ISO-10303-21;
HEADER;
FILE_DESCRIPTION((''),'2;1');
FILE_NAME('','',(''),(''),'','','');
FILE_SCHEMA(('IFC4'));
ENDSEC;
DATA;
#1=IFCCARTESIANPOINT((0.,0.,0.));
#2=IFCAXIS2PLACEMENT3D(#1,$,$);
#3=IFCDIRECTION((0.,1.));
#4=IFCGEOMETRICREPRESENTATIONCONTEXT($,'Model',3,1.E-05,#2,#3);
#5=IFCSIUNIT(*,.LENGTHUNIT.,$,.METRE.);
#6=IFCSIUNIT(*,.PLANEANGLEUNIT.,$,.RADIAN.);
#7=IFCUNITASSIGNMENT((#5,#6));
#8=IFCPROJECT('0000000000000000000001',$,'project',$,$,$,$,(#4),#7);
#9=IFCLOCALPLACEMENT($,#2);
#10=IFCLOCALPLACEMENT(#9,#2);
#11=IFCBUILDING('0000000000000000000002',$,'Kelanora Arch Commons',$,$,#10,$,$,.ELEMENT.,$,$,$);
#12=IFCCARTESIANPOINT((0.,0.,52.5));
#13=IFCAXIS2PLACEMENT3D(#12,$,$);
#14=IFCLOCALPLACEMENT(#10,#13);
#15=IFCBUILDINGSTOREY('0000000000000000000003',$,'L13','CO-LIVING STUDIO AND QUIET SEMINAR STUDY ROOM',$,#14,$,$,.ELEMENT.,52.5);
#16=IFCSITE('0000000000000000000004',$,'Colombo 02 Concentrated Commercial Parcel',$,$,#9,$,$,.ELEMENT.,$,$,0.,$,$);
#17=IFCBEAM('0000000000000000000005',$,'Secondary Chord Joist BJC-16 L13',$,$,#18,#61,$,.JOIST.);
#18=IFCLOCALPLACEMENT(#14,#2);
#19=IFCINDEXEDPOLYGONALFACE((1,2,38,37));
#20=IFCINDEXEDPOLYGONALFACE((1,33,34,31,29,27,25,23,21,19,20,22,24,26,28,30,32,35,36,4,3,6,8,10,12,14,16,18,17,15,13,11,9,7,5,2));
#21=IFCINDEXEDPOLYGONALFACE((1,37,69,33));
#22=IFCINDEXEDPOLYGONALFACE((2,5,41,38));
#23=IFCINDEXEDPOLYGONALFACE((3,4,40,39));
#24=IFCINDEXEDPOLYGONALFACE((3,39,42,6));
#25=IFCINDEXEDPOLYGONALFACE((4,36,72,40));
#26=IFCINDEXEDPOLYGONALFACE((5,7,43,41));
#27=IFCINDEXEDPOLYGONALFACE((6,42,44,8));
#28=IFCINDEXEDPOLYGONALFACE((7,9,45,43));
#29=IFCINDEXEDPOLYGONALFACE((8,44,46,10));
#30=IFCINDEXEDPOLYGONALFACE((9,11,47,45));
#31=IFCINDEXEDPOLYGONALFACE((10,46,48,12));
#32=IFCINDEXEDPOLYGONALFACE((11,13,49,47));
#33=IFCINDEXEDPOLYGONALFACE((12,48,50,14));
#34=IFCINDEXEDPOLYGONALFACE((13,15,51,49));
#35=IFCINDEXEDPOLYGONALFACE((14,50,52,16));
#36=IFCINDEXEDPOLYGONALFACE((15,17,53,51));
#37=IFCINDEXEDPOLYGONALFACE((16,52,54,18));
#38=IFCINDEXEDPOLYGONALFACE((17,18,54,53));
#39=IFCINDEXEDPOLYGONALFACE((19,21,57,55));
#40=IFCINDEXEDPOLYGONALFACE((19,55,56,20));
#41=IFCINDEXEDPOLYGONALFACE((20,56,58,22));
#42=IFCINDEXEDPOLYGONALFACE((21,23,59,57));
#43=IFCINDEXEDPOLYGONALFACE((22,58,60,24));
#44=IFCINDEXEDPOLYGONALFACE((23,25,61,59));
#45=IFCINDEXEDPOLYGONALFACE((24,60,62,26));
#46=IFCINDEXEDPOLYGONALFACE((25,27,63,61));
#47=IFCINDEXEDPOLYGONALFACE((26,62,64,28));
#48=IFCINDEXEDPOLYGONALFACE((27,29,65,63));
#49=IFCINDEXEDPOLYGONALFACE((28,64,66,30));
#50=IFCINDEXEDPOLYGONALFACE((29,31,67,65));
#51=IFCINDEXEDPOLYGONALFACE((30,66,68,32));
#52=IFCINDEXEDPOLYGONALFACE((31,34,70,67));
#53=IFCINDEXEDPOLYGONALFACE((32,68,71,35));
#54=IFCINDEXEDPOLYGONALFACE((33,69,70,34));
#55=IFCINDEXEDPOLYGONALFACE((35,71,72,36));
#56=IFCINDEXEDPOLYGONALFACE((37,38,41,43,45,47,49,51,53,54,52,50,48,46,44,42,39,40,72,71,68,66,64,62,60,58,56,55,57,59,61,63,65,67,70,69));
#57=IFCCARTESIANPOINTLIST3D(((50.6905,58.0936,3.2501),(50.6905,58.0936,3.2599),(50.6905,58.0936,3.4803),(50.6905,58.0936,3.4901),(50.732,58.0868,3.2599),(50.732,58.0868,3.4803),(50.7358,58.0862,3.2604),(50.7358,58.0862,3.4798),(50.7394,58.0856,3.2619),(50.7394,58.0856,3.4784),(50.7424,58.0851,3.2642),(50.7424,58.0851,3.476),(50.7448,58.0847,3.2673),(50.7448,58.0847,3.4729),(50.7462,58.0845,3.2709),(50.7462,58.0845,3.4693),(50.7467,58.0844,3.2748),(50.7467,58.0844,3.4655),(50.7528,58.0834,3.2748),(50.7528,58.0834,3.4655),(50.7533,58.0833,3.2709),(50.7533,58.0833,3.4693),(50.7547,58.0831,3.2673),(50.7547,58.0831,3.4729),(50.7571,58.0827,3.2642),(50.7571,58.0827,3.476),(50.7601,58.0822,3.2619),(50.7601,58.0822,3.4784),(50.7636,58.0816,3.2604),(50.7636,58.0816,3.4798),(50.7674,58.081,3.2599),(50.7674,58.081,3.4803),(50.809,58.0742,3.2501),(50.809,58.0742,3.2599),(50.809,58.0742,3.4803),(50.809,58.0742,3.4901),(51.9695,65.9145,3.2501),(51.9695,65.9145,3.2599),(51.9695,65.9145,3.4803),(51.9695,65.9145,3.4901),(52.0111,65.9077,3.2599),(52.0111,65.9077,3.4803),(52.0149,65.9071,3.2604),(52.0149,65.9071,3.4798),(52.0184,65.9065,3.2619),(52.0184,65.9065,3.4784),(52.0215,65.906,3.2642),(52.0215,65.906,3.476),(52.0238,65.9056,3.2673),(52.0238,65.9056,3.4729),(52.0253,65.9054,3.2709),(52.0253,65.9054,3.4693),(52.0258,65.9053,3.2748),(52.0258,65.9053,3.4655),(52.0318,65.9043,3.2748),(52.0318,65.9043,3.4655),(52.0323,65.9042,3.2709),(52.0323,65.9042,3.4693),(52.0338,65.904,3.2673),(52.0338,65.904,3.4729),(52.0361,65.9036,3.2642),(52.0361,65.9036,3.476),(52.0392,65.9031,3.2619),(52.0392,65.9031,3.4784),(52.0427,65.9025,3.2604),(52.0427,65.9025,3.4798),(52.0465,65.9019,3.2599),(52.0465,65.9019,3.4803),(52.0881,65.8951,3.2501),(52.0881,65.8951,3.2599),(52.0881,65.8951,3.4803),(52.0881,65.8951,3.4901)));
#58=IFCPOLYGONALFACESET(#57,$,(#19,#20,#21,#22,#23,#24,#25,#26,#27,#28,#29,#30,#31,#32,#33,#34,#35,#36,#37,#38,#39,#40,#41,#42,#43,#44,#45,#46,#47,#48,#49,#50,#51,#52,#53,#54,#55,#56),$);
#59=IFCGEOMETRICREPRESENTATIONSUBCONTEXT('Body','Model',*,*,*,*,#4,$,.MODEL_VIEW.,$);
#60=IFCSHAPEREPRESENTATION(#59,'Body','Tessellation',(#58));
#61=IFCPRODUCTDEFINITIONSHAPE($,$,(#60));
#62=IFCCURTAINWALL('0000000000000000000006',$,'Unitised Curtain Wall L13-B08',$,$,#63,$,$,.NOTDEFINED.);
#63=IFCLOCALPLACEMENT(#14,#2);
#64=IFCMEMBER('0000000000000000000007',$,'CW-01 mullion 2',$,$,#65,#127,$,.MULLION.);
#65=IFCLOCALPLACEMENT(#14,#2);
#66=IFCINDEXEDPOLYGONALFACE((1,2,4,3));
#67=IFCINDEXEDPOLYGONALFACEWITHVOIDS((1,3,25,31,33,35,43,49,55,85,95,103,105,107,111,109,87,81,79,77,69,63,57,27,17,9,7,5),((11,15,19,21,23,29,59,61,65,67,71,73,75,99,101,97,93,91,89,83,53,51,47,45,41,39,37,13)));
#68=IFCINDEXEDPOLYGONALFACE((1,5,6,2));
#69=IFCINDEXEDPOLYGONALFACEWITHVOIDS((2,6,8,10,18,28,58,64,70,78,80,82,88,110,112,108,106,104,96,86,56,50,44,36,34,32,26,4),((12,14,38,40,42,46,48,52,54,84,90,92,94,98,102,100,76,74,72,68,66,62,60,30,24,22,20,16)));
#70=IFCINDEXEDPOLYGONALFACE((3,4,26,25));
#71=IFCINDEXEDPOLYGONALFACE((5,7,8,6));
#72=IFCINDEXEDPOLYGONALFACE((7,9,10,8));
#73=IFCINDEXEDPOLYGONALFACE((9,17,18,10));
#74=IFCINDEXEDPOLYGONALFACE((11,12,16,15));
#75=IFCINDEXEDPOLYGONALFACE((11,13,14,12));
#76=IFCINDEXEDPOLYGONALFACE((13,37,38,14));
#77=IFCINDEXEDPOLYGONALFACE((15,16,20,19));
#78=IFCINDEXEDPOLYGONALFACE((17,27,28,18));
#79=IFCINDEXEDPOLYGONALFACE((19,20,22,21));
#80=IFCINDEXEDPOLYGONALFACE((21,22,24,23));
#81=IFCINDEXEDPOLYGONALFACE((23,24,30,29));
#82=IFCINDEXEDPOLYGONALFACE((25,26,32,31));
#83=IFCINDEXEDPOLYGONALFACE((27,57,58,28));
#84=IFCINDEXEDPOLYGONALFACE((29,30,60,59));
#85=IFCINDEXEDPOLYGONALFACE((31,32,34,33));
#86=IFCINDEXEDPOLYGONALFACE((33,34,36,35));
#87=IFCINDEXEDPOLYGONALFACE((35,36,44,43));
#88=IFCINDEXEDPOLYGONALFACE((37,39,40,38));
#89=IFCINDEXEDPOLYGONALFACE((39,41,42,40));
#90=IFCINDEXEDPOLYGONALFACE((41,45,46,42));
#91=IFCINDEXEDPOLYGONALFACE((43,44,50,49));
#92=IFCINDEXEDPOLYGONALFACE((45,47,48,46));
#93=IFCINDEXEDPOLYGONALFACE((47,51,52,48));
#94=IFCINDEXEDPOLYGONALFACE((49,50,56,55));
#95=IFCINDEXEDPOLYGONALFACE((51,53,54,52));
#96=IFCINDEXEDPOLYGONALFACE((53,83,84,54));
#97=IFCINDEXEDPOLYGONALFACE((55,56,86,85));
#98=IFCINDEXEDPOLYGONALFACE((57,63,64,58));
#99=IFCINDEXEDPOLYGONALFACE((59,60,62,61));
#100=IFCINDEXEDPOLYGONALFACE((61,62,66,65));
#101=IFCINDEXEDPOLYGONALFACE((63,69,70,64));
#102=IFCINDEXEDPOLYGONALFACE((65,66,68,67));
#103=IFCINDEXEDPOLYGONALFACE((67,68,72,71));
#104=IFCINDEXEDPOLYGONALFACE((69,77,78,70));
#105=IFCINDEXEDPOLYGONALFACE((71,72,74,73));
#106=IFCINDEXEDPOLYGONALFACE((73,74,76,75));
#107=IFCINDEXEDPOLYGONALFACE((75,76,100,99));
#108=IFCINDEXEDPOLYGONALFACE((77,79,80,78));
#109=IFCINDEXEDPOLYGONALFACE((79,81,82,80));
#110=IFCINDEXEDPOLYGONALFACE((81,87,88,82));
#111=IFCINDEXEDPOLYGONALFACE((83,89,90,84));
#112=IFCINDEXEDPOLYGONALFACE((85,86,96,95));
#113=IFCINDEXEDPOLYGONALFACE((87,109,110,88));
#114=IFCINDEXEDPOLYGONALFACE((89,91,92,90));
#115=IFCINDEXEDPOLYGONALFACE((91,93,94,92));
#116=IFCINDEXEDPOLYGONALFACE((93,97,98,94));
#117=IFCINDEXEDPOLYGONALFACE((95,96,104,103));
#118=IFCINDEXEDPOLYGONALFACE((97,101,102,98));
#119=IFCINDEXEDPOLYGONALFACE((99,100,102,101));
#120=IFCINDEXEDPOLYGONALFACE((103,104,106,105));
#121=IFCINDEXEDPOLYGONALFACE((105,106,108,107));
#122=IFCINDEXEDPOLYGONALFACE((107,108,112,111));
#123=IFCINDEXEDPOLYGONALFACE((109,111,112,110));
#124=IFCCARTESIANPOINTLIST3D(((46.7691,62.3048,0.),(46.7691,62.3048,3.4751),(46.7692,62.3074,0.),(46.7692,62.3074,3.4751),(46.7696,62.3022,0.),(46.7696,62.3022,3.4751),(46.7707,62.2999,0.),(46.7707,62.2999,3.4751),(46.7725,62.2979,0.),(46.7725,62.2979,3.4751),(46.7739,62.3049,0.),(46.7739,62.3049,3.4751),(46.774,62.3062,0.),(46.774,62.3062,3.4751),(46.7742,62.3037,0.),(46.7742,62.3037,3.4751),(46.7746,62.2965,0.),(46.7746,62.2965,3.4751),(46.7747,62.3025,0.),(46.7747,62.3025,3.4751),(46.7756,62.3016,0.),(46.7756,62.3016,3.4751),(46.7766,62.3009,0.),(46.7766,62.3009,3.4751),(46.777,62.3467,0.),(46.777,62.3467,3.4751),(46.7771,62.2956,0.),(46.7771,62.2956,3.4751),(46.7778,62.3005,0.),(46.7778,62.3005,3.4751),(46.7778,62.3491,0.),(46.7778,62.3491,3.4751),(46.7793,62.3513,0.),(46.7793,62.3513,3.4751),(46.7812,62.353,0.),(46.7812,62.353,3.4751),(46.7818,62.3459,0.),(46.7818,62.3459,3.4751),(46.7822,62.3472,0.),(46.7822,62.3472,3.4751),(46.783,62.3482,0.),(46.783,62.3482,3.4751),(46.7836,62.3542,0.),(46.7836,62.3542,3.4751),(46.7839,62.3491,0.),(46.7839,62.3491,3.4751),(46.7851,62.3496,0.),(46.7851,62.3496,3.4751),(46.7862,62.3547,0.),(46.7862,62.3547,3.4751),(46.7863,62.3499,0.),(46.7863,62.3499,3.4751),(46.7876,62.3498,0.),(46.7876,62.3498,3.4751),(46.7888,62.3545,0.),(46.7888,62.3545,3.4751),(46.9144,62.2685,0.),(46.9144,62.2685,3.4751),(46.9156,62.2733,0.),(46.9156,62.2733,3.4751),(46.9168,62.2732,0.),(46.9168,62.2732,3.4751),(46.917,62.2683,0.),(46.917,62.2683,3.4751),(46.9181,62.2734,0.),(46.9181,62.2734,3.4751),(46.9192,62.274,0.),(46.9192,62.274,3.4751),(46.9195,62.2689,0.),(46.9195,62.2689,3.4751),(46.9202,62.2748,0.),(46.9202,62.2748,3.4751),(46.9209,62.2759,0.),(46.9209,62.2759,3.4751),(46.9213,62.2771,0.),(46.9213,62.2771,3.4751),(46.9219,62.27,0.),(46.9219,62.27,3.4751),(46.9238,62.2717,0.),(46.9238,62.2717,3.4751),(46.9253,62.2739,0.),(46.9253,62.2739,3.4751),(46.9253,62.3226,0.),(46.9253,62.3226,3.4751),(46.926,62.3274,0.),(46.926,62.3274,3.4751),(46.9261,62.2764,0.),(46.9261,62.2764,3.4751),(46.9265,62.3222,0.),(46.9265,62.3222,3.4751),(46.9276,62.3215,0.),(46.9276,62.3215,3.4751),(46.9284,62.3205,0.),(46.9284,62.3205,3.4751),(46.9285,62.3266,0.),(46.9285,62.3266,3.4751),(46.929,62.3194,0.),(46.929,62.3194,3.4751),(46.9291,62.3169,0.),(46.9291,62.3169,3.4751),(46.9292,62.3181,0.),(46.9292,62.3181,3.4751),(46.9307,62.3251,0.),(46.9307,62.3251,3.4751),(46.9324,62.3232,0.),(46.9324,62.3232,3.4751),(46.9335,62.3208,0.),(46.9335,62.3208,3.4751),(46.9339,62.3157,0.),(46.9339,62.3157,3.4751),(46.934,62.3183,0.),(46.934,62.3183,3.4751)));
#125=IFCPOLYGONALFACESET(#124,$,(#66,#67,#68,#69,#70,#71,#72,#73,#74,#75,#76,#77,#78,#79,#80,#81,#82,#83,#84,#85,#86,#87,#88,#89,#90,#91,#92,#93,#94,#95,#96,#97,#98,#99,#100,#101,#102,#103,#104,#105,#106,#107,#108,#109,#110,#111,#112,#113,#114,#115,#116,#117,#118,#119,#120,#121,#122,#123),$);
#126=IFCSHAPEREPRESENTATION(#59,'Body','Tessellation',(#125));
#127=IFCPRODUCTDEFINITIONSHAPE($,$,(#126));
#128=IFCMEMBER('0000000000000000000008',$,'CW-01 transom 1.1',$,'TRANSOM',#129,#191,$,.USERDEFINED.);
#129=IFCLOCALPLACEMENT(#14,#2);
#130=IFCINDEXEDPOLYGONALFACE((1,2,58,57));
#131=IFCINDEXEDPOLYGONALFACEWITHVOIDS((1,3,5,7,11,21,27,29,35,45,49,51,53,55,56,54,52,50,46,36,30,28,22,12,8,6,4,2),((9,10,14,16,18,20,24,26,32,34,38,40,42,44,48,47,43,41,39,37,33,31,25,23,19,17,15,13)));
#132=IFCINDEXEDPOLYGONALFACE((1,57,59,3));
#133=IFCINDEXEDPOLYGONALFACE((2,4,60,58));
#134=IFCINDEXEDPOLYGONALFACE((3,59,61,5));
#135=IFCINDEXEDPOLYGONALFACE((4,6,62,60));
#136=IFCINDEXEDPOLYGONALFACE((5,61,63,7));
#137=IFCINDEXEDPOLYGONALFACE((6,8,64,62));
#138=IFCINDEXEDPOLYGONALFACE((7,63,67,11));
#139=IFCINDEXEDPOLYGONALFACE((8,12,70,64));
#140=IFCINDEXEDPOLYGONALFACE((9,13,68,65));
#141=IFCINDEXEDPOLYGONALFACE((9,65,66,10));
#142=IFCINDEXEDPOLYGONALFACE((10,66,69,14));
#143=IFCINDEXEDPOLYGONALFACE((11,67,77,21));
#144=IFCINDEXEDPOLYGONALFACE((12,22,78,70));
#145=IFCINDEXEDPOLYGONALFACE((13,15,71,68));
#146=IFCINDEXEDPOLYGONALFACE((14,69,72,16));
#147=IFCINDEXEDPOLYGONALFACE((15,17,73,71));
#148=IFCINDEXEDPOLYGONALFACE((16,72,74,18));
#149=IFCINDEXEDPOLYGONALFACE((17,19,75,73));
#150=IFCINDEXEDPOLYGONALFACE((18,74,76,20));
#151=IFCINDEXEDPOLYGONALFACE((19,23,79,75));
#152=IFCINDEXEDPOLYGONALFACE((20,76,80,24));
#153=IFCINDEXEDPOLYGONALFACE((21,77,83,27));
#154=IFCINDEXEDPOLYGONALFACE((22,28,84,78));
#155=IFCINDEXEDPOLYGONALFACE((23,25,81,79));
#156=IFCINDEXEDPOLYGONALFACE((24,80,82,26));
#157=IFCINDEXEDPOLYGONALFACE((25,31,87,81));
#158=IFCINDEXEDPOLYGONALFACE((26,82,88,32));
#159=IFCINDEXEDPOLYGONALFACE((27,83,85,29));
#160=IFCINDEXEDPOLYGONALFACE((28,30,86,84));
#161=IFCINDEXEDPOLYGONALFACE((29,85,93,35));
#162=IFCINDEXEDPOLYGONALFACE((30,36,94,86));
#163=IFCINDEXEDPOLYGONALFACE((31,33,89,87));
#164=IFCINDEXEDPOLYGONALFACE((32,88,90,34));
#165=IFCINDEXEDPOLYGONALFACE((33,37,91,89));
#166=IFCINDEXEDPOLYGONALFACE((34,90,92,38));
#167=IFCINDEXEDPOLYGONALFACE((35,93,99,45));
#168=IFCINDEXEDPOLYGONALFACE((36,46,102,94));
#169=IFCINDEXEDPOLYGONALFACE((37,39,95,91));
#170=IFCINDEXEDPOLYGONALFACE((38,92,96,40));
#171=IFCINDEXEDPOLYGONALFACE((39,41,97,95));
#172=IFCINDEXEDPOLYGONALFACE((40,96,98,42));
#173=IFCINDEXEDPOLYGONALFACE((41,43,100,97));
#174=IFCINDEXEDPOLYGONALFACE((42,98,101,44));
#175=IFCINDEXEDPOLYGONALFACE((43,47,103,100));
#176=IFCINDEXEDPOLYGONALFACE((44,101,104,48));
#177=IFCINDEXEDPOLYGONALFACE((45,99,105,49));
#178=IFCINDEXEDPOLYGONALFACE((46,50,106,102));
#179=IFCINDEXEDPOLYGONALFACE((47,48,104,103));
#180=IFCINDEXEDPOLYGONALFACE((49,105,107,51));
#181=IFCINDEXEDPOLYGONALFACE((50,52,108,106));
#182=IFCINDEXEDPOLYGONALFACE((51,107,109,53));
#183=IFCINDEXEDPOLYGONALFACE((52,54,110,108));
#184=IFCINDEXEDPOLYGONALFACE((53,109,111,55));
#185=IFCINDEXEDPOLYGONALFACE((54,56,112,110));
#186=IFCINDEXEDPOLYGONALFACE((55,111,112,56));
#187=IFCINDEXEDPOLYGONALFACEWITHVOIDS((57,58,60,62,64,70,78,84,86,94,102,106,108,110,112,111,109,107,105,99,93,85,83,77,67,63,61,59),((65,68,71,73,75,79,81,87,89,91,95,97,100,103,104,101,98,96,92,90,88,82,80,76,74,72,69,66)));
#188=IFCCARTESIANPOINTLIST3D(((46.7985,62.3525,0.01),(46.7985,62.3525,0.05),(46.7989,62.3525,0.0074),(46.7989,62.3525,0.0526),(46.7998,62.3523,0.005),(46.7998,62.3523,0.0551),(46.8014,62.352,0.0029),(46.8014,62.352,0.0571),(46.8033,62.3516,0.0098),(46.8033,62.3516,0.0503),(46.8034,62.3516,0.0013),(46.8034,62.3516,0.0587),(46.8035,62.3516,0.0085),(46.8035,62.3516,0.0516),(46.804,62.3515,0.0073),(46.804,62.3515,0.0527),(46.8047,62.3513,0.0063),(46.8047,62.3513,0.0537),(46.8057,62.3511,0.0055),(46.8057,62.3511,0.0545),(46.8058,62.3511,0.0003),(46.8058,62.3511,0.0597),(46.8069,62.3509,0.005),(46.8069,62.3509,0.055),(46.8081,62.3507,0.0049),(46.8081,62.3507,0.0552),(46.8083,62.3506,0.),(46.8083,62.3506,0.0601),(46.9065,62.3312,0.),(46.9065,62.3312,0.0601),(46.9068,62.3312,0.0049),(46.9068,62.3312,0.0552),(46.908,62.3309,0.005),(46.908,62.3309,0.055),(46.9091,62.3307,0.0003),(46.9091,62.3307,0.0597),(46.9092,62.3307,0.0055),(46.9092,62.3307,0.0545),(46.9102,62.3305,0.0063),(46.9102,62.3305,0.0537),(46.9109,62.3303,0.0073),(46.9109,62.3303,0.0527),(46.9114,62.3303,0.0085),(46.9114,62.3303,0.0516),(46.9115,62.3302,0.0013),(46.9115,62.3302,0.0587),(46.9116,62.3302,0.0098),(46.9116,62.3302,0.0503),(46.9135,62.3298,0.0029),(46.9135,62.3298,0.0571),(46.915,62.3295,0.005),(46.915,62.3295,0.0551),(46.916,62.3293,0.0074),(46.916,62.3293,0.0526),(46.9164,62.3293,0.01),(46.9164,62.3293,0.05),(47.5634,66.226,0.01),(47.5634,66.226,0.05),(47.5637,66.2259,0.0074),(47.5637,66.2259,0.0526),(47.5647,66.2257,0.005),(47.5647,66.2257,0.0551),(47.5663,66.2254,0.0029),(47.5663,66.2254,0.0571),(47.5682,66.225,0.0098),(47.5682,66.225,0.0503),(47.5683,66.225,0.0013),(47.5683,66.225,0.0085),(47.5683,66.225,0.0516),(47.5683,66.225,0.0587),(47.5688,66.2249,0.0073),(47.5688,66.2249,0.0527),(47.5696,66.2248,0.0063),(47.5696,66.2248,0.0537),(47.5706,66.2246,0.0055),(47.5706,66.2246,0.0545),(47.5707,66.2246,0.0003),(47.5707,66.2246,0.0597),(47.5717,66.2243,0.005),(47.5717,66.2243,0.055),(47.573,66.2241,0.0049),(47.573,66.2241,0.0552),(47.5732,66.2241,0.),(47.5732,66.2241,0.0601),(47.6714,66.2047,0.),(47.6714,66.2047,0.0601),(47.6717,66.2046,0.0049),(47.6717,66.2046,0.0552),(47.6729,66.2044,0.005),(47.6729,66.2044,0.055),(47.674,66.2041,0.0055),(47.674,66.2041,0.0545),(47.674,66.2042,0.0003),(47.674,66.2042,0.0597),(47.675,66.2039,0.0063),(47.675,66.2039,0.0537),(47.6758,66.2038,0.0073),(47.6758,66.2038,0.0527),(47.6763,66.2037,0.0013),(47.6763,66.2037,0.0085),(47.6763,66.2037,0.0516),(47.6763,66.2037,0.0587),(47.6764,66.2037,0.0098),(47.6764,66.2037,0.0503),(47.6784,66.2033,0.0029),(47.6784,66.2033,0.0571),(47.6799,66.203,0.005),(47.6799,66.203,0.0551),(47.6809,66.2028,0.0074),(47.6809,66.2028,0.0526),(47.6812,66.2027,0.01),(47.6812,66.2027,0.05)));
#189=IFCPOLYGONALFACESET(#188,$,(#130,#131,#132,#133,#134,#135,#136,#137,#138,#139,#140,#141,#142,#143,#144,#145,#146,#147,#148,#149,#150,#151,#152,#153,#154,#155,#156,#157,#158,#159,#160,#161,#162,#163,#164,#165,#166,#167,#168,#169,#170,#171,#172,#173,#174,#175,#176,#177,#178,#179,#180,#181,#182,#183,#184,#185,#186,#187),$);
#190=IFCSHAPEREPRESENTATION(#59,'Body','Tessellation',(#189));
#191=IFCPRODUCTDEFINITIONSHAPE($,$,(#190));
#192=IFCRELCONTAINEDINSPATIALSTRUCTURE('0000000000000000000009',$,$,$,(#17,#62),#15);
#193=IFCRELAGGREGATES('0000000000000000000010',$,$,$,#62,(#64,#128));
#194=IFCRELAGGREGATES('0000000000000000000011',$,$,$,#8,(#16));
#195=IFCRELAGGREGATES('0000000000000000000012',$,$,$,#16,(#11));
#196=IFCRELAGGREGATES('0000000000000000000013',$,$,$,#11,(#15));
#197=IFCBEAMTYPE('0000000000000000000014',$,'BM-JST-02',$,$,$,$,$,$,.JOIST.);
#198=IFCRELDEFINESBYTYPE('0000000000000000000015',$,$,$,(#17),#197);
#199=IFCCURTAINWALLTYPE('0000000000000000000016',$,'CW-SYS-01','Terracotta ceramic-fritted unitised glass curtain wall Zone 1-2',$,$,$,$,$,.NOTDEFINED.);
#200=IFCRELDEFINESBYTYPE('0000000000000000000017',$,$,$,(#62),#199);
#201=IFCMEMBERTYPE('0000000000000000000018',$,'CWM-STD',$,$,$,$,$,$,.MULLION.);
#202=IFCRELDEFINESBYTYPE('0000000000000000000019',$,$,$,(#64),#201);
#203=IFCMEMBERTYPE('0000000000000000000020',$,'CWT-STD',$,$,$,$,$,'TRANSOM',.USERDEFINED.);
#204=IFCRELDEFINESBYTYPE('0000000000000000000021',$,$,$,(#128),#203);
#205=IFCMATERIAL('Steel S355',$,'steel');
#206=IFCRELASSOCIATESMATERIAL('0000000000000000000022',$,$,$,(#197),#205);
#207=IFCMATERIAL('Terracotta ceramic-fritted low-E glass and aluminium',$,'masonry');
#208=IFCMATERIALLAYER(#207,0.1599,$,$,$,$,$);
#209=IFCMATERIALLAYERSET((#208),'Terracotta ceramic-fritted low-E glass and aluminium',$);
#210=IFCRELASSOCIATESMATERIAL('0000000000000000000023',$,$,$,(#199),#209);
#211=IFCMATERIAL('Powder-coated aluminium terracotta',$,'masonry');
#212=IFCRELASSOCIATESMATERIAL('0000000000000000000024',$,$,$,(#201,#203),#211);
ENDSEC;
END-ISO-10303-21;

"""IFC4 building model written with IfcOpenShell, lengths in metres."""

from ifc_helpers import new_model, si_unit, direction, frame, origin, origin_2d, place, context, subcontext, project, spatial, hollow_rectangle, i_section, extrude, material, layer, layer_set, material_profile, profile_set, type_object, element, aggregate, save


model = new_model("IFC4")

# Units and contexts
model_context = context("Model", 3, precision=1e-05, world=origin(), true_north=direction((0.0, 1.0)))
body_context = subcontext(model_context, "Body", "Model", "MODEL_VIEW")
ifc_project = project(units=[si_unit("LENGTHUNIT", "METRE"), si_unit("PLANEANGLEUNIT", "RADIAN")], contexts=[model_context])

# Site, building, storey
site_placement = place(None, origin())
site = spatial("IfcSite", under=ifc_project, at=site_placement, Name="Colombo 02 Concentrated Commercial Parcel", CompositionType="ELEMENT", RefElevation=0.0)
building_placement = place(site_placement, origin())
building = spatial("IfcBuilding", under=site, at=building_placement, Name="Kelanora Arch Commons", CompositionType="ELEMENT")
storey_placement = place(building_placement, frame((0.0, 0.0, 52.5)))
storey = spatial("IfcBuildingStorey", under=building, at=storey_placement, Name="L13", Description="CO-LIVING STUDIO AND QUIET SEMINAR STUDY ROOM", CompositionType="ELEMENT", Elevation=52.5)

# Beam
ifc_material_1 = material(Name="Steel S355", Category="steel")
ifc_material_profile_1 = material_profile(ifc_material_1, i_section(OverallWidth=0.1201, OverallDepth=0.24, WebThickness=0.0061, FlangeThickness=0.0098, FilletRadius=0.0149, at=origin_2d()), Name="IPE240")
ifc_profile_set_1 = profile_set([ifc_material_profile_1], Name="Steel S355")
beam_type_1 = type_object("IfcBeamType", Name="BM-JST-02", PredefinedType="JOIST", material=ifc_profile_set_1)
beam_1_placement = place(storey_placement, frame((52.0288, 65.9048, 3.3701), z_axis=(-0.161401, -0.986889, 0.0), x_axis=(0.986889, -0.161401, 0.0)))
element("IfcBeam", 1, at=beam_1_placement, inside=storey, type_object=beam_type_1, Name="Secondary Chord Joist BJC-16 L13", PredefinedType="JOIST", context=body_context, shape_type="SweptSolid", body=[
    extrude(i_section(OverallWidth=0.1201, OverallDepth=0.24, WebThickness=0.0061, FlangeThickness=0.0098, FilletRadius=0.0149, at=origin_2d()), origin(), (0.0, 0.0, 1.0), 7.9248),
])

# Curtain wall, members
ifc_material_2 = material(Name="Terracotta ceramic-fritted low-E glass and aluminium", Category="masonry")
ifc_layer_1 = layer(ifc_material_2, 0.1599)
ifc_layer_set_1 = layer_set([ifc_layer_1], Name="Terracotta ceramic-fritted low-E glass and aluminium")
curtain_wall_type = type_object("IfcCurtainWallType", Name="CW-SYS-01", Description="Terracotta ceramic-fritted unitised glass curtain wall Zone 1-2", PredefinedType="NOTDEFINED", material=ifc_layer_set_1)
curtain_wall_placement = place(storey_placement, origin())
curtain_wall = element("IfcCurtainWall", 2, at=curtain_wall_placement, inside=storey, type_object=curtain_wall_type, Name="Unitised Curtain Wall L13-B08", PredefinedType="NOTDEFINED")
ifc_material_3 = material(Name="Powder-coated aluminium terracotta", Category="masonry")
ifc_material_profile_2 = material_profile(ifc_material_3, hollow_rectangle(XDim=0.1599, YDim=0.0601, WallThickness=0.0049, InnerFilletRadius=0.0049, OuterFilletRadius=0.01, at=origin_2d()), Name="CWM160x60")
ifc_profile_set_2 = profile_set([ifc_material_profile_2], Name="Powder-coated aluminium terracotta")
member_type_1 = type_object("IfcMemberType", Name="CWM-STD", PredefinedType="MULLION", material=ifc_profile_set_2)
member_1_placement = place(storey_placement, frame((46.8516, 62.3115, 0.0), z_axis=(0.0, 0.0, 1.0), x_axis=(0.981052, -0.193744, 0.0)))
member_1 = element("IfcMember", 3, at=member_1_placement, type_object=member_type_1, Name="CW-01 mullion 2", PredefinedType="MULLION", context=body_context, shape_type="SweptSolid", body=[
    extrude(hollow_rectangle(XDim=0.1599, YDim=0.0601, WallThickness=0.0049, InnerFilletRadius=0.0049, OuterFilletRadius=0.01, at=origin_2d()), origin(), (0.0, 0.0, 1.0), 3.4751),
])
ifc_material_profile_3 = material_profile(ifc_material_3, hollow_rectangle(XDim=0.1201, YDim=0.0601, WallThickness=0.0049, InnerFilletRadius=0.0049, OuterFilletRadius=0.01, at=origin_2d()), Name="CWT120x60")
ifc_profile_set_3 = profile_set([ifc_material_profile_3], Name="Powder-coated aluminium terracotta")
member_type_2 = type_object("IfcMemberType", Name="CWT-STD", ElementType="TRANSOM", PredefinedType="USERDEFINED", material=ifc_profile_set_3)
member_2_placement = place(storey_placement, frame((47.6223, 66.2144, 0.03), z_axis=(-0.193725, -0.981056, 0.0), x_axis=(0.981056, -0.193725, 0.0)))
member_2 = element("IfcMember", 4, at=member_2_placement, type_object=member_type_2, Name="CW-01 transom 1.1", ObjectType="TRANSOM", PredefinedType="USERDEFINED", context=body_context, shape_type="SweptSolid", body=[
    extrude(hollow_rectangle(XDim=0.1201, YDim=0.0601, WallThickness=0.0049, InnerFilletRadius=0.0049, OuterFilletRadius=0.01, at=origin_2d()), origin(), (0.0, 0.0, 1.0), 3.9482),
])
aggregate(curtain_wall, [member_1, member_2])

save(model, "model.ifc")
